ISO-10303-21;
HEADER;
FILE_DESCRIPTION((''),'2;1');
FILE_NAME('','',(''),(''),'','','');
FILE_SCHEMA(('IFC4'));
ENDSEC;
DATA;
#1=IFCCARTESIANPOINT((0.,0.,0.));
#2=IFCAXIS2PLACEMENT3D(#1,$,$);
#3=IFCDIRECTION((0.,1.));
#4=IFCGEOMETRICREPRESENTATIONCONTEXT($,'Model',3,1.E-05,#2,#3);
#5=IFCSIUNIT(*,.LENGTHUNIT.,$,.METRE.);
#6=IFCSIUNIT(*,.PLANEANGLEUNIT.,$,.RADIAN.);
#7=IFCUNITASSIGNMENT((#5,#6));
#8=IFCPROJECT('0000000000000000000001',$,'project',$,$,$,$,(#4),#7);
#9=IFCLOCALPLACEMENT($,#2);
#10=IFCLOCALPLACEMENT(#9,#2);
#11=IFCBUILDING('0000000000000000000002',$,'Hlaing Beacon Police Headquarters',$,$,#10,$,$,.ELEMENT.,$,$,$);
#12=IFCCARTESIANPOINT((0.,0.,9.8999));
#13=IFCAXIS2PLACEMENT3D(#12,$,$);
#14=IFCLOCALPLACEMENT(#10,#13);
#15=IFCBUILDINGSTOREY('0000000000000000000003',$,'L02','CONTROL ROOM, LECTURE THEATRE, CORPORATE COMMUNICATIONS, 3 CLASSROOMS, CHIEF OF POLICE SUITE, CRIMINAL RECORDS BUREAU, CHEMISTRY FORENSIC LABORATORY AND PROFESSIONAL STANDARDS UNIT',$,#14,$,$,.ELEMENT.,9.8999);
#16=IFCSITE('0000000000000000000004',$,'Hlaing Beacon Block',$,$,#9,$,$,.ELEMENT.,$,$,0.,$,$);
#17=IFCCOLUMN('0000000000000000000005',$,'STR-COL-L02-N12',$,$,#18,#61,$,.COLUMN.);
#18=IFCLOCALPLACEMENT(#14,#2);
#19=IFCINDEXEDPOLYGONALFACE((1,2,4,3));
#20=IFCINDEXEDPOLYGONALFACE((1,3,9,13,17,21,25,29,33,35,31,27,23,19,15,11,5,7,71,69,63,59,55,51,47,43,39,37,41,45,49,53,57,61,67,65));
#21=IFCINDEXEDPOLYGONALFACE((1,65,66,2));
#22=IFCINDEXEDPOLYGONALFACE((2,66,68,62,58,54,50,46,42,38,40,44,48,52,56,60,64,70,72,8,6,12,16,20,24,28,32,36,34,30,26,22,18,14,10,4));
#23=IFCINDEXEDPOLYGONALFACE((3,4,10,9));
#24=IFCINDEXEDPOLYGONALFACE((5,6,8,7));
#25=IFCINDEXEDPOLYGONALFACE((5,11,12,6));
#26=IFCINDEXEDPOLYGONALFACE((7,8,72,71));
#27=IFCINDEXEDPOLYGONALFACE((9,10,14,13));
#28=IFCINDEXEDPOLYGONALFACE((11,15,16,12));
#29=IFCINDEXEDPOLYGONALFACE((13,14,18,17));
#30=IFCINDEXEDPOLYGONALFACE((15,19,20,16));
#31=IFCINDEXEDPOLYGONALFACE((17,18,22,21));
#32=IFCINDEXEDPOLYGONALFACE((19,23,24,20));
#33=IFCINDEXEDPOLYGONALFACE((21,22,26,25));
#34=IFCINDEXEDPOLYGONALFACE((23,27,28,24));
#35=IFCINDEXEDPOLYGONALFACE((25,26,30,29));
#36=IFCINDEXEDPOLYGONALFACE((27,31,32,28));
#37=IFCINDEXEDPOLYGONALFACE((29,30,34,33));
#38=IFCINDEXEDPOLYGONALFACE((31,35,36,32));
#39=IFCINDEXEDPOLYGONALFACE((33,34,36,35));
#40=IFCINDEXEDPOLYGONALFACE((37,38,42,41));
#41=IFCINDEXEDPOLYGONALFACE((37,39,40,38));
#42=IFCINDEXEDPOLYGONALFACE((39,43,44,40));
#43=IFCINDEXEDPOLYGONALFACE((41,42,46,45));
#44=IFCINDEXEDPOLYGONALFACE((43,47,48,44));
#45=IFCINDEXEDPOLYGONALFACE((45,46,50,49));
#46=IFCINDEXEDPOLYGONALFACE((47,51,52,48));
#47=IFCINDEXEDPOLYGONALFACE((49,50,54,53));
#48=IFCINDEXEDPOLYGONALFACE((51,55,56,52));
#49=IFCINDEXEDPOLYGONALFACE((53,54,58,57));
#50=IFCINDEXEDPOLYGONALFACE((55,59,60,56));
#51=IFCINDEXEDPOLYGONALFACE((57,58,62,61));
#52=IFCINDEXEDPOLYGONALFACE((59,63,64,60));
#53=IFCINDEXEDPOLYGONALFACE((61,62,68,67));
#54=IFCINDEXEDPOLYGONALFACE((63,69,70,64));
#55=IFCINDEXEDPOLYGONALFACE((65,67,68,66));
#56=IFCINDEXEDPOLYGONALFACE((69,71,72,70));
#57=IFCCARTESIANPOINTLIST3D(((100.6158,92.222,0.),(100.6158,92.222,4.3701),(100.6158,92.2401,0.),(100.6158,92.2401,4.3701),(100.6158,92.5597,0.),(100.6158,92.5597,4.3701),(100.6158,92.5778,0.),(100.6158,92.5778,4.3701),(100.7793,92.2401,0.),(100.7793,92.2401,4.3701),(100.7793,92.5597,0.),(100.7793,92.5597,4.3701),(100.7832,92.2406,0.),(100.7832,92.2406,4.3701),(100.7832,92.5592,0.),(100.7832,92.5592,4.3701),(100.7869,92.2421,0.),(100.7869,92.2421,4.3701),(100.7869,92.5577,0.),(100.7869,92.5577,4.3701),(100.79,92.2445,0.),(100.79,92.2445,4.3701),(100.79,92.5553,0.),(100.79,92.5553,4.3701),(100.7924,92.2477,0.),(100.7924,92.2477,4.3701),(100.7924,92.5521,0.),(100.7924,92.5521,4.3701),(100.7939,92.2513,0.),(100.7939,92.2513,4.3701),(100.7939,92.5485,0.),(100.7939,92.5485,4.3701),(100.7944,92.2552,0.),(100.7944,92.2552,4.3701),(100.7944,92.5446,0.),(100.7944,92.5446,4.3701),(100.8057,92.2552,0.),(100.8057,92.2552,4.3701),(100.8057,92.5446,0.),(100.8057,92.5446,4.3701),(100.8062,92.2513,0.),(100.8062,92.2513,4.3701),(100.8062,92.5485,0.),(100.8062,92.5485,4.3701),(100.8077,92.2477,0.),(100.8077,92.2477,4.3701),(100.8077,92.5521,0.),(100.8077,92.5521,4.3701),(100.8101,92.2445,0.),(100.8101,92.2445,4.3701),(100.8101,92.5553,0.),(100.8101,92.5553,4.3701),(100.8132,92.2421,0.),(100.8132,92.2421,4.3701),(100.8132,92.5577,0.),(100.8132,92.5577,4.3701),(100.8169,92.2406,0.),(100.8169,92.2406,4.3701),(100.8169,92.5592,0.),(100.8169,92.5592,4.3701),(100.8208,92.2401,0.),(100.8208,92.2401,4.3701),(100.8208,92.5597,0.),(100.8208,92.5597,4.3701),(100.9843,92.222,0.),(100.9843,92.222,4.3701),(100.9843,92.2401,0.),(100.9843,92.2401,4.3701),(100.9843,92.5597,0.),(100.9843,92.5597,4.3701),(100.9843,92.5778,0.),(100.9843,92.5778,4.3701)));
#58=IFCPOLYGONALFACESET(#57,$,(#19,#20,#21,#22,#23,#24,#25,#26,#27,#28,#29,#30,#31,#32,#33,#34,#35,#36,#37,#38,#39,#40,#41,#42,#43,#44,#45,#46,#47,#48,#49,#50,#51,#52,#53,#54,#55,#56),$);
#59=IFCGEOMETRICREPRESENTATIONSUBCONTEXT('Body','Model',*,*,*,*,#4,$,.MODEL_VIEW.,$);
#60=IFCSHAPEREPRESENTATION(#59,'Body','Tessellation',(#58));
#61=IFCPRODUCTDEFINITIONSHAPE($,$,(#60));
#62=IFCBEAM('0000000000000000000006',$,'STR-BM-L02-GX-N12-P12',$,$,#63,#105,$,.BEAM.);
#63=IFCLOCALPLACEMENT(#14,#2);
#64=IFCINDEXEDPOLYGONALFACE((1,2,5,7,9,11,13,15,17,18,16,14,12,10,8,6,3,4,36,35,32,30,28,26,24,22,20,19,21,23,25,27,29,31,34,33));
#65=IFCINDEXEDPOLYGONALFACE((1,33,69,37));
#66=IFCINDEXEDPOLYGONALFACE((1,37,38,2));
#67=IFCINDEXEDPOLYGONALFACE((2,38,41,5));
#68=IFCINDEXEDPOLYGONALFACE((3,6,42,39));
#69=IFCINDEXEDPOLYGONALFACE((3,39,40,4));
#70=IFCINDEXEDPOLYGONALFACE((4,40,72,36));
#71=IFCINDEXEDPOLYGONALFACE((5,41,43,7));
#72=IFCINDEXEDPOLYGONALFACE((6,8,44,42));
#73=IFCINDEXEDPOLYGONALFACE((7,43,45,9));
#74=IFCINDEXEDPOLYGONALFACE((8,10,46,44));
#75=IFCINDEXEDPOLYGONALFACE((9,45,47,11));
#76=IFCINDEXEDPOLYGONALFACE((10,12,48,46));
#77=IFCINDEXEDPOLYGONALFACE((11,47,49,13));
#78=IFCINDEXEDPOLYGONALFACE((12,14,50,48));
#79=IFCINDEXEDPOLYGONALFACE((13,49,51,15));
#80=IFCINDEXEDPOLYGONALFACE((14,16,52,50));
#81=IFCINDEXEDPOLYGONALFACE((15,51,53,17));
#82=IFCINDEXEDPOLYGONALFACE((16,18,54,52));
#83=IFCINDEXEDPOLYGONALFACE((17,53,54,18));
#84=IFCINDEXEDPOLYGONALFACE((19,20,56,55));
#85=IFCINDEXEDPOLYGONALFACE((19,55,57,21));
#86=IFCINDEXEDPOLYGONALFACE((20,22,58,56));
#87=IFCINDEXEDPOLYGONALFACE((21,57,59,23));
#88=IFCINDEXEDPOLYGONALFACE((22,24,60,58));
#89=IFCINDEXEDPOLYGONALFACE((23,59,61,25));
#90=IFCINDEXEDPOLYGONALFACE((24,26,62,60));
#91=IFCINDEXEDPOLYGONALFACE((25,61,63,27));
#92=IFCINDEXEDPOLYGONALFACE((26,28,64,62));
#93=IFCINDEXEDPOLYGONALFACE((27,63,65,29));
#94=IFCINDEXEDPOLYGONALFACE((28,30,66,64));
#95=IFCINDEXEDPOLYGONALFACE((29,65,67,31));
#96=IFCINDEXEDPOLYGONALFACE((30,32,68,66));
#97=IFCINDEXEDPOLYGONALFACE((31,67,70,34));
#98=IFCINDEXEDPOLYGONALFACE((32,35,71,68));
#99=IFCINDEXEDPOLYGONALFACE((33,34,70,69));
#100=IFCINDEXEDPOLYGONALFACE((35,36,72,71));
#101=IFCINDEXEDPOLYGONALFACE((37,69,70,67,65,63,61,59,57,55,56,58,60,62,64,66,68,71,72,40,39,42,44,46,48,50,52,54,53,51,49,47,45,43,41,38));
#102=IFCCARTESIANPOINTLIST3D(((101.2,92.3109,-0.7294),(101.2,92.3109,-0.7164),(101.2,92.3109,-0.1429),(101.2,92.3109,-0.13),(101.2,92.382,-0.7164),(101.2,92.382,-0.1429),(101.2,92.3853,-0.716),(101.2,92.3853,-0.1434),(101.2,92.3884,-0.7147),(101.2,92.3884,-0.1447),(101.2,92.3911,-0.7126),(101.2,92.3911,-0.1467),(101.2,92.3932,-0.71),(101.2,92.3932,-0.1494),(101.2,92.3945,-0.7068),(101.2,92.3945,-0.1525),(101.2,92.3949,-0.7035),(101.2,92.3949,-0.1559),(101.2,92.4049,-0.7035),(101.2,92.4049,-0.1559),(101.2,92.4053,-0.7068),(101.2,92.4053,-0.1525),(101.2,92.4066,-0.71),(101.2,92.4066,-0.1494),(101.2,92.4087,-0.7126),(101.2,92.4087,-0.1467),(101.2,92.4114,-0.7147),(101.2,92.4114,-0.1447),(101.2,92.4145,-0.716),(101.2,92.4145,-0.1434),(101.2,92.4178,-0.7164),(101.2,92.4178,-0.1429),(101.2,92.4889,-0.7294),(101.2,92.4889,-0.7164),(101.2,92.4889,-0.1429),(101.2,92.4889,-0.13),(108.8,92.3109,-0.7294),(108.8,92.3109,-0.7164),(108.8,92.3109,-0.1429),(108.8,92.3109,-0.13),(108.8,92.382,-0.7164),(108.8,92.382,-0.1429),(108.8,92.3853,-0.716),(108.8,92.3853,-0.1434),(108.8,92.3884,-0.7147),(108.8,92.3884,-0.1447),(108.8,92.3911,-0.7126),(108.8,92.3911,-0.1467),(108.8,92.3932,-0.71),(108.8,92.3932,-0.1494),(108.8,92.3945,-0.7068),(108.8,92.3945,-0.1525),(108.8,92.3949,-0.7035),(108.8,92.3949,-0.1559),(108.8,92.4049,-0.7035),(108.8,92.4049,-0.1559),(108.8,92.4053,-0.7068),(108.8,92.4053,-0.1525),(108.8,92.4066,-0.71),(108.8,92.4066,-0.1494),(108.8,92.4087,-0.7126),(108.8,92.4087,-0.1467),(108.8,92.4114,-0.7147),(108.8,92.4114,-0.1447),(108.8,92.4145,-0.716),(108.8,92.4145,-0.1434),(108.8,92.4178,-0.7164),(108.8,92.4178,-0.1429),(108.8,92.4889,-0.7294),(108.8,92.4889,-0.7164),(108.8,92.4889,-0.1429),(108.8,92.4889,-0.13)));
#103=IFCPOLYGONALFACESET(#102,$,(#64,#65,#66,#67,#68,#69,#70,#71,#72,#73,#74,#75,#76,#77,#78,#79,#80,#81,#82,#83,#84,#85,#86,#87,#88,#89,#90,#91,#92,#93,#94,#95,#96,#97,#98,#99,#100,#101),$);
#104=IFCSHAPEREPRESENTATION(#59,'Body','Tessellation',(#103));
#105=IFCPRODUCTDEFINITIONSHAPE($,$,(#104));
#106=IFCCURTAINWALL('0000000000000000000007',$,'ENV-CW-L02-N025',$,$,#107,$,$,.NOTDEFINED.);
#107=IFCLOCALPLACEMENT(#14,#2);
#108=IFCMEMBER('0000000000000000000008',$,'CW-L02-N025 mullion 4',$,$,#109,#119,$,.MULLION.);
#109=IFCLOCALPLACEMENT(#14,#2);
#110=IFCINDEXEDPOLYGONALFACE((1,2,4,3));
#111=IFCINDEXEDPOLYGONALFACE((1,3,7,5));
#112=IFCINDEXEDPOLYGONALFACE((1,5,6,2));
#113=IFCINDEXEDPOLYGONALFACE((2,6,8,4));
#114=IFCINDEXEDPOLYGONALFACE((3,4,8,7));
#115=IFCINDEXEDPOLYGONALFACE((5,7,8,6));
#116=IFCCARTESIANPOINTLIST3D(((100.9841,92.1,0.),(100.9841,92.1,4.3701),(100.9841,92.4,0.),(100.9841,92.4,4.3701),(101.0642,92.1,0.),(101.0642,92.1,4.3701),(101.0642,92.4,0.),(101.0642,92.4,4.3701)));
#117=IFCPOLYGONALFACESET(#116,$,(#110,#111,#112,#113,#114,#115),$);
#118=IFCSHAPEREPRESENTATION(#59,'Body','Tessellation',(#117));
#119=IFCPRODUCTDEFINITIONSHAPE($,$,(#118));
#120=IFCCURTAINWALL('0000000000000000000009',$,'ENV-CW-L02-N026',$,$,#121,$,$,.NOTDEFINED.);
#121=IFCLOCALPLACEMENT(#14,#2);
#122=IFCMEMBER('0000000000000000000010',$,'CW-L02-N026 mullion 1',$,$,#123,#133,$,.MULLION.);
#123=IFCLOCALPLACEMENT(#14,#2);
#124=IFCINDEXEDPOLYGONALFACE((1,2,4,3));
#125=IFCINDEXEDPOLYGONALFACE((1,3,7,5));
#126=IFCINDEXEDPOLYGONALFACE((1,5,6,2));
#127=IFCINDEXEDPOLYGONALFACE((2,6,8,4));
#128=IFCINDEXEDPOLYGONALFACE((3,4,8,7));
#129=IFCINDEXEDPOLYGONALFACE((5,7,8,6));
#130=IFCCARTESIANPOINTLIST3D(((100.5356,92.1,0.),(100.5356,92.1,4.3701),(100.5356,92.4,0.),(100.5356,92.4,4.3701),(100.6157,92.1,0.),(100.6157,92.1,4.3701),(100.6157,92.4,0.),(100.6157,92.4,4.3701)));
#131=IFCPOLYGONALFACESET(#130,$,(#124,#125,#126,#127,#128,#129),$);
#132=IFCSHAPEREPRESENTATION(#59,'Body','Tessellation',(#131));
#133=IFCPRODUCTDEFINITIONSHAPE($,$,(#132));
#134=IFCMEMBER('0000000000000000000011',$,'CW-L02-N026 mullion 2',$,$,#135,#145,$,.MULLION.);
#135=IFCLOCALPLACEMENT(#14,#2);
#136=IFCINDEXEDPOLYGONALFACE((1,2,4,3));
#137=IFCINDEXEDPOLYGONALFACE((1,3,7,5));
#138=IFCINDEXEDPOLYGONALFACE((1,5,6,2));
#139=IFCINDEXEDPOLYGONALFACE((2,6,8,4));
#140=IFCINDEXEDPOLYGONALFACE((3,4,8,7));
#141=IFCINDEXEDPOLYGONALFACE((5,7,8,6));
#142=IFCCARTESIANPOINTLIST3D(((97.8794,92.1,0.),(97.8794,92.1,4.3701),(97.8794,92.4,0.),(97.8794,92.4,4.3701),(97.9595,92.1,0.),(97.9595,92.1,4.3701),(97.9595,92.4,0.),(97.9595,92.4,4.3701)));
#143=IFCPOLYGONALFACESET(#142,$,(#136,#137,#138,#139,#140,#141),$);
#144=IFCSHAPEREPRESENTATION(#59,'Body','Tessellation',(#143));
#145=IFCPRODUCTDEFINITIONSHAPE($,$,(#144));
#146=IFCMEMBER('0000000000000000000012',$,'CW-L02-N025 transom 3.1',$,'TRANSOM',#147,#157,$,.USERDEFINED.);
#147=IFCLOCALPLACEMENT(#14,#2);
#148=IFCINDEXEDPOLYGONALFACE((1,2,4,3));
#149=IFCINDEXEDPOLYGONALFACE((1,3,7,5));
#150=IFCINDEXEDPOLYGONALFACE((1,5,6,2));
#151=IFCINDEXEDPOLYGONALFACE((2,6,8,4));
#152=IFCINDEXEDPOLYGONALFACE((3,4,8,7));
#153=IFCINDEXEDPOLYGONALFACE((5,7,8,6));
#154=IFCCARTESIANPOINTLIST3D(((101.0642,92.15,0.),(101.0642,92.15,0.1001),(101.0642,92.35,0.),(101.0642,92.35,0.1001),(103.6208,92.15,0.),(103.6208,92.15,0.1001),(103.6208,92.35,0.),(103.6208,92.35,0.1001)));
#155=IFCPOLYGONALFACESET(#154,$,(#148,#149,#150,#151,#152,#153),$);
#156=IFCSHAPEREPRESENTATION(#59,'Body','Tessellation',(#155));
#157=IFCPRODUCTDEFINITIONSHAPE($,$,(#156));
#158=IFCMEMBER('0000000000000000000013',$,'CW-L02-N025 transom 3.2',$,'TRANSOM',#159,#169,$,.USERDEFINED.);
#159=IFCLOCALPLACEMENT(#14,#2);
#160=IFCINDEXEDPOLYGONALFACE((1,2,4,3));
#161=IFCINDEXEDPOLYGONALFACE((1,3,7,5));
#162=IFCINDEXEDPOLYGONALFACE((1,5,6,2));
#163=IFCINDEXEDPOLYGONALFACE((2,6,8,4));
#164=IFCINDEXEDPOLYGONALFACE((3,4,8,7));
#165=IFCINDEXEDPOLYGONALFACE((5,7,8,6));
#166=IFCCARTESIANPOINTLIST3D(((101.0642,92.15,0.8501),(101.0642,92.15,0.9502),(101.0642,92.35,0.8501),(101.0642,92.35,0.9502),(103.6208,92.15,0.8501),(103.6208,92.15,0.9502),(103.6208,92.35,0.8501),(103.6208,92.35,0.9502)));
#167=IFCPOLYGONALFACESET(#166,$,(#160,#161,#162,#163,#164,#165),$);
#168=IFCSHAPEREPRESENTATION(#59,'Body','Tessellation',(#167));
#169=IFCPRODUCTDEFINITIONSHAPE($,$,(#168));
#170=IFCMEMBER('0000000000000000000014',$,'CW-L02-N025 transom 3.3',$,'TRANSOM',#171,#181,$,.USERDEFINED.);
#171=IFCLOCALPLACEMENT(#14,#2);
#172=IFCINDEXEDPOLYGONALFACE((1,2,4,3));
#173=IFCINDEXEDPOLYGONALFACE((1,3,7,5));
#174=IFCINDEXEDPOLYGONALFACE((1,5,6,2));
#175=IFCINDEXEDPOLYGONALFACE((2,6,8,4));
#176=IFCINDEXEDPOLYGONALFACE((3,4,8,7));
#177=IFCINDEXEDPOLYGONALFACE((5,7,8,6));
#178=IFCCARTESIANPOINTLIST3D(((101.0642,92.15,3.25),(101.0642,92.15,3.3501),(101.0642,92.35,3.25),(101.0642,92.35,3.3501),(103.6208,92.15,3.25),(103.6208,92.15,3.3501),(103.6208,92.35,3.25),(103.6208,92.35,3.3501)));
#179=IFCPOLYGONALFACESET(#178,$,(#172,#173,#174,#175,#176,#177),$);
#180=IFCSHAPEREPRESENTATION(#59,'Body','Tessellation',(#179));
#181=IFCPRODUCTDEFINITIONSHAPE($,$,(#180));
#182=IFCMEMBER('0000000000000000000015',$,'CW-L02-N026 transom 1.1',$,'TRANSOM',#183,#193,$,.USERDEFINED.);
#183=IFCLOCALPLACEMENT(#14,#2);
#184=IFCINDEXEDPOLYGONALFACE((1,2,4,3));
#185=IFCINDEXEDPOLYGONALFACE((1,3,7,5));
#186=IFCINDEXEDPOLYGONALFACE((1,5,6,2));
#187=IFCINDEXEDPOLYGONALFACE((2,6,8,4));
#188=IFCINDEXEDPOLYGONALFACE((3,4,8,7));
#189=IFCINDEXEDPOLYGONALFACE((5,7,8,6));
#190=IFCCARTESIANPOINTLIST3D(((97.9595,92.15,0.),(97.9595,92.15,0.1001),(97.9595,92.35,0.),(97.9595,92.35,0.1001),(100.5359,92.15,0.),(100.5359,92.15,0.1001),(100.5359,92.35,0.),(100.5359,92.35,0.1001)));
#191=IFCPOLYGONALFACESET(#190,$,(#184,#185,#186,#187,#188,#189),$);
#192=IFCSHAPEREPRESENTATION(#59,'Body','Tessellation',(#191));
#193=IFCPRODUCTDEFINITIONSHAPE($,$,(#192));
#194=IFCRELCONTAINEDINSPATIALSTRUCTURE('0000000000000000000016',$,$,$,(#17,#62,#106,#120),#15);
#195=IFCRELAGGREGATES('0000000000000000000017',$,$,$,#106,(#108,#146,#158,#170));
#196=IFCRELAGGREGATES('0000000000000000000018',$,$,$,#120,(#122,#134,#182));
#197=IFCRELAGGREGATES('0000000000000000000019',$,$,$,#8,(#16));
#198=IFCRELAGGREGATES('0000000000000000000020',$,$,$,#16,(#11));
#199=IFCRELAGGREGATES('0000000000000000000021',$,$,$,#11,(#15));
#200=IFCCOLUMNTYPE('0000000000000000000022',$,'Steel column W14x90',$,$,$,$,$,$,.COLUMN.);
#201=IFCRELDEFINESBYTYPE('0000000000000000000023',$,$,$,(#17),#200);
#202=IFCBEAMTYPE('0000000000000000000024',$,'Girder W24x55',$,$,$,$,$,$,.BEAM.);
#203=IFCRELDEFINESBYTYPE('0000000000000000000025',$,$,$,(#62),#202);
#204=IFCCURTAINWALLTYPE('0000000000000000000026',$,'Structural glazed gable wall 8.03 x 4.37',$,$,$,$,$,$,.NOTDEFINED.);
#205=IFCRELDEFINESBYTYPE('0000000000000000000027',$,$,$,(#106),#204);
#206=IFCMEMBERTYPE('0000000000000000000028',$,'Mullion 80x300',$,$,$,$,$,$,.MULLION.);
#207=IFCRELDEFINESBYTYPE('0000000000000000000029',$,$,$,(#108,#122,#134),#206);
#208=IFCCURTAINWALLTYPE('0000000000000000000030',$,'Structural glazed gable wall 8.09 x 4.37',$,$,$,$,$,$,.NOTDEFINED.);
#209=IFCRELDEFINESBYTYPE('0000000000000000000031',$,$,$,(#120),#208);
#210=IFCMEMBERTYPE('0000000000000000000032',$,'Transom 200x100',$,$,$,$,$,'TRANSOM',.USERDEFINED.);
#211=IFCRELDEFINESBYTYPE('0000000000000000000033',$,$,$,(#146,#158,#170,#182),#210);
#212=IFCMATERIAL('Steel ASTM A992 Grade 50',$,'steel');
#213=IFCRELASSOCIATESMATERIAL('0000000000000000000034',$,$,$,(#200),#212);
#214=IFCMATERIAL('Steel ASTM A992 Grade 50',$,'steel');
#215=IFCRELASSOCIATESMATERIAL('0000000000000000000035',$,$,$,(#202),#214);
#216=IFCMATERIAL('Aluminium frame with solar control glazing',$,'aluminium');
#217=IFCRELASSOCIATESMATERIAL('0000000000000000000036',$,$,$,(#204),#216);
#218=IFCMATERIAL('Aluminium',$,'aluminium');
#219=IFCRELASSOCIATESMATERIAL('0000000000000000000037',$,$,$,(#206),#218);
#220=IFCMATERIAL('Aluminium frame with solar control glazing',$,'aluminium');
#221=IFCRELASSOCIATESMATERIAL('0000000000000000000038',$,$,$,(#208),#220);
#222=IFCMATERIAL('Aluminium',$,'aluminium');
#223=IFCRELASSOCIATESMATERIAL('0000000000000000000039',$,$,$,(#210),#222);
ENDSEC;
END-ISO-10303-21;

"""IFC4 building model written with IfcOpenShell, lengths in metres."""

from ifc_helpers import new_model, si_unit, direction, frame, origin, origin_2d, place, context, subcontext, project, spatial, rectangle, i_section, extrude, material, material_profile, profile_set, type_object, element, aggregate, save


model = new_model("IFC4")

# Units and contexts
model_context = context("Model", 3, precision=1e-05, world=origin(), true_north=direction((0.0, 1.0)))
body_context = subcontext(model_context, "Body", "Model", "MODEL_VIEW")
ifc_project = project(units=[si_unit("LENGTHUNIT", "METRE"), si_unit("PLANEANGLEUNIT", "RADIAN")], contexts=[model_context])

# Site, building, storey
site_placement = place(None, origin())
site = spatial("IfcSite", under=ifc_project, at=site_placement, Name="Hlaing Beacon Block", CompositionType="ELEMENT", RefElevation=0.0)
building_placement = place(site_placement, origin())
building = spatial("IfcBuilding", under=site, at=building_placement, Name="Hlaing Beacon Police Headquarters", CompositionType="ELEMENT")
storey_placement = place(building_placement, frame((0.0, 0.0, 9.8999)))
storey = spatial("IfcBuildingStorey", under=building, at=storey_placement, Name="L02", Description="CONTROL ROOM, LECTURE THEATRE, CORPORATE COMMUNICATIONS, 3 CLASSROOMS, CHIEF OF POLICE SUITE, CRIMINAL RECORDS BUREAU, CHEMISTRY FORENSIC LABORATORY AND PROFESSIONAL STANDARDS UNIT", CompositionType="ELEMENT", Elevation=9.8999)

# Column
ifc_material_1 = material(Name="Steel ASTM A992 Grade 50", Category="steel")
ifc_material_profile_1 = material_profile(ifc_material_1, i_section(OverallWidth=0.3684, OverallDepth=0.3557, WebThickness=0.0112, FlangeThickness=0.0181, FilletRadius=0.0151, at=origin_2d()), Name="W14x90")
ifc_profile_set_1 = profile_set([ifc_material_profile_1], Name="Steel ASTM A992 Grade 50")
column_type = type_object("IfcColumnType", Name="Steel column W14x90", PredefinedType="COLUMN", material=ifc_profile_set_1)
column_placement = place(storey_placement, frame((100.8, 92.3999, 0.0), z_axis=(0.0, 0.0, 1.0), x_axis=(1.0, 0.0, 0.0)))
element("IfcColumn", 1, at=column_placement, inside=storey, type_object=column_type, Name="STR-COL-L02-N12", PredefinedType="COLUMN", context=body_context, shape_type="SweptSolid", body=[
    extrude(i_section(OverallWidth=0.3684, OverallDepth=0.3557, WebThickness=0.0112, FlangeThickness=0.0181, FilletRadius=0.0151, at=origin_2d()), origin(), (0.0, 0.0, 1.0), 4.3701),
])

# Beam
ifc_material_2 = material(Name="Steel ASTM A992 Grade 50", Category="steel")
ifc_material_profile_2 = material_profile(ifc_material_2, i_section(OverallWidth=0.178, OverallDepth=0.5994, WebThickness=0.01, FlangeThickness=0.0129, FilletRadius=0.0129, at=origin_2d()), Name="W24x55")
ifc_profile_set_2 = profile_set([ifc_material_profile_2], Name="Steel ASTM A992 Grade 50")
beam_type = type_object("IfcBeamType", Name="Girder W24x55", PredefinedType="BEAM", material=ifc_profile_set_2)
beam_placement = place(storey_placement, frame((101.2, 92.3999, -0.4297), z_axis=(1.0, 0.0, 0.0), x_axis=(0.0, 1.0, 0.0)))
element("IfcBeam", 2, at=beam_placement, inside=storey, type_object=beam_type, Name="STR-BM-L02-GX-N12-P12", PredefinedType="BEAM", context=body_context, shape_type="SweptSolid", body=[
    extrude(i_section(OverallWidth=0.178, OverallDepth=0.5994, WebThickness=0.01, FlangeThickness=0.0129, FilletRadius=0.0129, at=origin_2d()), origin(), (0.0, 0.0, 1.0), 7.6001),
])

# Curtain wall, member
ifc_material_3 = material(Name="Aluminium frame with solar control glazing", Category="aluminium")
curtain_wall_type_1 = type_object("IfcCurtainWallType", Name="Structural glazed gable wall 8.03 x 4.37", PredefinedType="NOTDEFINED", material=ifc_material_3)
curtain_wall_1_placement = place(storey_placement, origin())
curtain_wall_1 = element("IfcCurtainWall", 3, at=curtain_wall_1_placement, inside=storey, type_object=curtain_wall_type_1, Name="ENV-CW-L02-N025", PredefinedType="NOTDEFINED")
ifc_material_4 = material(Name="Aluminium", Category="aluminium")
ifc_material_profile_3 = material_profile(ifc_material_4, rectangle(XDim=0.3, YDim=0.0801, at=origin_2d()), Name="Mullion 80x300")
ifc_profile_set_3 = profile_set([ifc_material_profile_3], Name="Aluminium")
member_type_1 = type_object("IfcMemberType", Name="Mullion 80x300", PredefinedType="MULLION", material=ifc_profile_set_3)
member_1_placement = place(storey_placement, frame((101.0242, 92.25, 0.0), z_axis=(0.0, 0.0, 1.0), x_axis=(0.0, -1.0, 0.0)))
member_1 = element("IfcMember", 4, at=member_1_placement, type_object=member_type_1, Name="CW-L02-N025 mullion 4", PredefinedType="MULLION", context=body_context, shape_type="SweptSolid", body=[
    extrude(rectangle(XDim=0.3, YDim=0.0801, at=origin_2d()), origin(), (0.0, 0.0, 1.0), 4.3701),
])

# Curtain wall, members
ifc_material_5 = material(Name="Aluminium frame with solar control glazing", Category="aluminium")
curtain_wall_type_2 = type_object("IfcCurtainWallType", Name="Structural glazed gable wall 8.09 x 4.37", PredefinedType="NOTDEFINED", material=ifc_material_5)
curtain_wall_2_placement = place(storey_placement, origin())
curtain_wall_2 = element("IfcCurtainWall", 5, at=curtain_wall_2_placement, inside=storey, type_object=curtain_wall_type_2, Name="ENV-CW-L02-N026", PredefinedType="NOTDEFINED")
member_2_placement = place(storey_placement, frame((100.5757, 92.25, 0.0), z_axis=(0.0, 0.0, 1.0), x_axis=(0.0, -1.0, 0.0)))
member_2 = element("IfcMember", 6, at=member_2_placement, type_object=member_type_1, Name="CW-L02-N026 mullion 1", PredefinedType="MULLION", context=body_context, shape_type="SweptSolid", body=[
    extrude(rectangle(XDim=0.3, YDim=0.0801, at=origin_2d()), origin(), (0.0, 0.0, 1.0), 4.3701),
])
member_3_placement = place(storey_placement, frame((97.9194, 92.25, 0.0), z_axis=(0.0, 0.0, 1.0), x_axis=(0.0, -1.0, 0.0)))
member_3 = element("IfcMember", 7, at=member_3_placement, type_object=member_type_1, Name="CW-L02-N026 mullion 2", PredefinedType="MULLION", context=body_context, shape_type="SweptSolid", body=[
    extrude(rectangle(XDim=0.3, YDim=0.0801, at=origin_2d()), origin(), (0.0, 0.0, 1.0), 4.3701),
])

# Members
ifc_material_6 = material(Name="Aluminium", Category="aluminium")
ifc_material_profile_4 = material_profile(ifc_material_6, rectangle(XDim=0.2, YDim=0.1001, at=origin_2d()), Name="Transom 200x100")
ifc_profile_set_4 = profile_set([ifc_material_profile_4], Name="Aluminium")
member_type_2 = type_object("IfcMemberType", Name="Transom 200x100", ElementType="TRANSOM", PredefinedType="USERDEFINED", material=ifc_profile_set_4)
member_4_placement = place(storey_placement, frame((103.6208, 92.25, 0.05), z_axis=(-1.0, 0.0, 0.0), x_axis=(0.0, -1.0, 0.0)))
member_4 = element("IfcMember", 8, at=member_4_placement, type_object=member_type_2, Name="CW-L02-N025 transom 3.1", ObjectType="TRANSOM", PredefinedType="USERDEFINED", context=body_context, shape_type="SweptSolid", body=[
    extrude(rectangle(XDim=0.2, YDim=0.1001, at=origin_2d()), origin(), (0.0, 0.0, 1.0), 2.5566),
])
member_5_placement = place(storey_placement, frame((103.6208, 92.25, 0.9001), z_axis=(-1.0, 0.0, 0.0), x_axis=(0.0, -1.0, 0.0)))
member_5 = element("IfcMember", 9, at=member_5_placement, type_object=member_type_2, Name="CW-L02-N025 transom 3.2", ObjectType="TRANSOM", PredefinedType="USERDEFINED", context=body_context, shape_type="SweptSolid", body=[
    extrude(rectangle(XDim=0.2, YDim=0.1001, at=origin_2d()), origin(), (0.0, 0.0, 1.0), 2.5566),
])
member_6_placement = place(storey_placement, frame((103.6208, 92.25, 3.3), z_axis=(-1.0, 0.0, 0.0), x_axis=(0.0, -1.0, 0.0)))
member_6 = element("IfcMember", 10, at=member_6_placement, type_object=member_type_2, Name="CW-L02-N025 transom 3.3", ObjectType="TRANSOM", PredefinedType="USERDEFINED", context=body_context, shape_type="SweptSolid", body=[
    extrude(rectangle(XDim=0.2, YDim=0.1001, at=origin_2d()), origin(), (0.0, 0.0, 1.0), 2.5566),
])
member_7_placement = place(storey_placement, frame((100.5359, 92.25, 0.05), z_axis=(-1.0, 0.0, 0.0), x_axis=(0.0, -1.0, 0.0)))
member_7 = element("IfcMember", 11, at=member_7_placement, type_object=member_type_2, Name="CW-L02-N026 transom 1.1", ObjectType="TRANSOM", PredefinedType="USERDEFINED", context=body_context, shape_type="SweptSolid", body=[
    extrude(rectangle(XDim=0.2, YDim=0.1001, at=origin_2d()), origin(), (0.0, 0.0, 1.0), 2.5764),
])

aggregate(curtain_wall_1, [member_1, member_4, member_5, member_6])
aggregate(curtain_wall_2, [member_2, member_3, member_7])

save(model, "model.ifc")
